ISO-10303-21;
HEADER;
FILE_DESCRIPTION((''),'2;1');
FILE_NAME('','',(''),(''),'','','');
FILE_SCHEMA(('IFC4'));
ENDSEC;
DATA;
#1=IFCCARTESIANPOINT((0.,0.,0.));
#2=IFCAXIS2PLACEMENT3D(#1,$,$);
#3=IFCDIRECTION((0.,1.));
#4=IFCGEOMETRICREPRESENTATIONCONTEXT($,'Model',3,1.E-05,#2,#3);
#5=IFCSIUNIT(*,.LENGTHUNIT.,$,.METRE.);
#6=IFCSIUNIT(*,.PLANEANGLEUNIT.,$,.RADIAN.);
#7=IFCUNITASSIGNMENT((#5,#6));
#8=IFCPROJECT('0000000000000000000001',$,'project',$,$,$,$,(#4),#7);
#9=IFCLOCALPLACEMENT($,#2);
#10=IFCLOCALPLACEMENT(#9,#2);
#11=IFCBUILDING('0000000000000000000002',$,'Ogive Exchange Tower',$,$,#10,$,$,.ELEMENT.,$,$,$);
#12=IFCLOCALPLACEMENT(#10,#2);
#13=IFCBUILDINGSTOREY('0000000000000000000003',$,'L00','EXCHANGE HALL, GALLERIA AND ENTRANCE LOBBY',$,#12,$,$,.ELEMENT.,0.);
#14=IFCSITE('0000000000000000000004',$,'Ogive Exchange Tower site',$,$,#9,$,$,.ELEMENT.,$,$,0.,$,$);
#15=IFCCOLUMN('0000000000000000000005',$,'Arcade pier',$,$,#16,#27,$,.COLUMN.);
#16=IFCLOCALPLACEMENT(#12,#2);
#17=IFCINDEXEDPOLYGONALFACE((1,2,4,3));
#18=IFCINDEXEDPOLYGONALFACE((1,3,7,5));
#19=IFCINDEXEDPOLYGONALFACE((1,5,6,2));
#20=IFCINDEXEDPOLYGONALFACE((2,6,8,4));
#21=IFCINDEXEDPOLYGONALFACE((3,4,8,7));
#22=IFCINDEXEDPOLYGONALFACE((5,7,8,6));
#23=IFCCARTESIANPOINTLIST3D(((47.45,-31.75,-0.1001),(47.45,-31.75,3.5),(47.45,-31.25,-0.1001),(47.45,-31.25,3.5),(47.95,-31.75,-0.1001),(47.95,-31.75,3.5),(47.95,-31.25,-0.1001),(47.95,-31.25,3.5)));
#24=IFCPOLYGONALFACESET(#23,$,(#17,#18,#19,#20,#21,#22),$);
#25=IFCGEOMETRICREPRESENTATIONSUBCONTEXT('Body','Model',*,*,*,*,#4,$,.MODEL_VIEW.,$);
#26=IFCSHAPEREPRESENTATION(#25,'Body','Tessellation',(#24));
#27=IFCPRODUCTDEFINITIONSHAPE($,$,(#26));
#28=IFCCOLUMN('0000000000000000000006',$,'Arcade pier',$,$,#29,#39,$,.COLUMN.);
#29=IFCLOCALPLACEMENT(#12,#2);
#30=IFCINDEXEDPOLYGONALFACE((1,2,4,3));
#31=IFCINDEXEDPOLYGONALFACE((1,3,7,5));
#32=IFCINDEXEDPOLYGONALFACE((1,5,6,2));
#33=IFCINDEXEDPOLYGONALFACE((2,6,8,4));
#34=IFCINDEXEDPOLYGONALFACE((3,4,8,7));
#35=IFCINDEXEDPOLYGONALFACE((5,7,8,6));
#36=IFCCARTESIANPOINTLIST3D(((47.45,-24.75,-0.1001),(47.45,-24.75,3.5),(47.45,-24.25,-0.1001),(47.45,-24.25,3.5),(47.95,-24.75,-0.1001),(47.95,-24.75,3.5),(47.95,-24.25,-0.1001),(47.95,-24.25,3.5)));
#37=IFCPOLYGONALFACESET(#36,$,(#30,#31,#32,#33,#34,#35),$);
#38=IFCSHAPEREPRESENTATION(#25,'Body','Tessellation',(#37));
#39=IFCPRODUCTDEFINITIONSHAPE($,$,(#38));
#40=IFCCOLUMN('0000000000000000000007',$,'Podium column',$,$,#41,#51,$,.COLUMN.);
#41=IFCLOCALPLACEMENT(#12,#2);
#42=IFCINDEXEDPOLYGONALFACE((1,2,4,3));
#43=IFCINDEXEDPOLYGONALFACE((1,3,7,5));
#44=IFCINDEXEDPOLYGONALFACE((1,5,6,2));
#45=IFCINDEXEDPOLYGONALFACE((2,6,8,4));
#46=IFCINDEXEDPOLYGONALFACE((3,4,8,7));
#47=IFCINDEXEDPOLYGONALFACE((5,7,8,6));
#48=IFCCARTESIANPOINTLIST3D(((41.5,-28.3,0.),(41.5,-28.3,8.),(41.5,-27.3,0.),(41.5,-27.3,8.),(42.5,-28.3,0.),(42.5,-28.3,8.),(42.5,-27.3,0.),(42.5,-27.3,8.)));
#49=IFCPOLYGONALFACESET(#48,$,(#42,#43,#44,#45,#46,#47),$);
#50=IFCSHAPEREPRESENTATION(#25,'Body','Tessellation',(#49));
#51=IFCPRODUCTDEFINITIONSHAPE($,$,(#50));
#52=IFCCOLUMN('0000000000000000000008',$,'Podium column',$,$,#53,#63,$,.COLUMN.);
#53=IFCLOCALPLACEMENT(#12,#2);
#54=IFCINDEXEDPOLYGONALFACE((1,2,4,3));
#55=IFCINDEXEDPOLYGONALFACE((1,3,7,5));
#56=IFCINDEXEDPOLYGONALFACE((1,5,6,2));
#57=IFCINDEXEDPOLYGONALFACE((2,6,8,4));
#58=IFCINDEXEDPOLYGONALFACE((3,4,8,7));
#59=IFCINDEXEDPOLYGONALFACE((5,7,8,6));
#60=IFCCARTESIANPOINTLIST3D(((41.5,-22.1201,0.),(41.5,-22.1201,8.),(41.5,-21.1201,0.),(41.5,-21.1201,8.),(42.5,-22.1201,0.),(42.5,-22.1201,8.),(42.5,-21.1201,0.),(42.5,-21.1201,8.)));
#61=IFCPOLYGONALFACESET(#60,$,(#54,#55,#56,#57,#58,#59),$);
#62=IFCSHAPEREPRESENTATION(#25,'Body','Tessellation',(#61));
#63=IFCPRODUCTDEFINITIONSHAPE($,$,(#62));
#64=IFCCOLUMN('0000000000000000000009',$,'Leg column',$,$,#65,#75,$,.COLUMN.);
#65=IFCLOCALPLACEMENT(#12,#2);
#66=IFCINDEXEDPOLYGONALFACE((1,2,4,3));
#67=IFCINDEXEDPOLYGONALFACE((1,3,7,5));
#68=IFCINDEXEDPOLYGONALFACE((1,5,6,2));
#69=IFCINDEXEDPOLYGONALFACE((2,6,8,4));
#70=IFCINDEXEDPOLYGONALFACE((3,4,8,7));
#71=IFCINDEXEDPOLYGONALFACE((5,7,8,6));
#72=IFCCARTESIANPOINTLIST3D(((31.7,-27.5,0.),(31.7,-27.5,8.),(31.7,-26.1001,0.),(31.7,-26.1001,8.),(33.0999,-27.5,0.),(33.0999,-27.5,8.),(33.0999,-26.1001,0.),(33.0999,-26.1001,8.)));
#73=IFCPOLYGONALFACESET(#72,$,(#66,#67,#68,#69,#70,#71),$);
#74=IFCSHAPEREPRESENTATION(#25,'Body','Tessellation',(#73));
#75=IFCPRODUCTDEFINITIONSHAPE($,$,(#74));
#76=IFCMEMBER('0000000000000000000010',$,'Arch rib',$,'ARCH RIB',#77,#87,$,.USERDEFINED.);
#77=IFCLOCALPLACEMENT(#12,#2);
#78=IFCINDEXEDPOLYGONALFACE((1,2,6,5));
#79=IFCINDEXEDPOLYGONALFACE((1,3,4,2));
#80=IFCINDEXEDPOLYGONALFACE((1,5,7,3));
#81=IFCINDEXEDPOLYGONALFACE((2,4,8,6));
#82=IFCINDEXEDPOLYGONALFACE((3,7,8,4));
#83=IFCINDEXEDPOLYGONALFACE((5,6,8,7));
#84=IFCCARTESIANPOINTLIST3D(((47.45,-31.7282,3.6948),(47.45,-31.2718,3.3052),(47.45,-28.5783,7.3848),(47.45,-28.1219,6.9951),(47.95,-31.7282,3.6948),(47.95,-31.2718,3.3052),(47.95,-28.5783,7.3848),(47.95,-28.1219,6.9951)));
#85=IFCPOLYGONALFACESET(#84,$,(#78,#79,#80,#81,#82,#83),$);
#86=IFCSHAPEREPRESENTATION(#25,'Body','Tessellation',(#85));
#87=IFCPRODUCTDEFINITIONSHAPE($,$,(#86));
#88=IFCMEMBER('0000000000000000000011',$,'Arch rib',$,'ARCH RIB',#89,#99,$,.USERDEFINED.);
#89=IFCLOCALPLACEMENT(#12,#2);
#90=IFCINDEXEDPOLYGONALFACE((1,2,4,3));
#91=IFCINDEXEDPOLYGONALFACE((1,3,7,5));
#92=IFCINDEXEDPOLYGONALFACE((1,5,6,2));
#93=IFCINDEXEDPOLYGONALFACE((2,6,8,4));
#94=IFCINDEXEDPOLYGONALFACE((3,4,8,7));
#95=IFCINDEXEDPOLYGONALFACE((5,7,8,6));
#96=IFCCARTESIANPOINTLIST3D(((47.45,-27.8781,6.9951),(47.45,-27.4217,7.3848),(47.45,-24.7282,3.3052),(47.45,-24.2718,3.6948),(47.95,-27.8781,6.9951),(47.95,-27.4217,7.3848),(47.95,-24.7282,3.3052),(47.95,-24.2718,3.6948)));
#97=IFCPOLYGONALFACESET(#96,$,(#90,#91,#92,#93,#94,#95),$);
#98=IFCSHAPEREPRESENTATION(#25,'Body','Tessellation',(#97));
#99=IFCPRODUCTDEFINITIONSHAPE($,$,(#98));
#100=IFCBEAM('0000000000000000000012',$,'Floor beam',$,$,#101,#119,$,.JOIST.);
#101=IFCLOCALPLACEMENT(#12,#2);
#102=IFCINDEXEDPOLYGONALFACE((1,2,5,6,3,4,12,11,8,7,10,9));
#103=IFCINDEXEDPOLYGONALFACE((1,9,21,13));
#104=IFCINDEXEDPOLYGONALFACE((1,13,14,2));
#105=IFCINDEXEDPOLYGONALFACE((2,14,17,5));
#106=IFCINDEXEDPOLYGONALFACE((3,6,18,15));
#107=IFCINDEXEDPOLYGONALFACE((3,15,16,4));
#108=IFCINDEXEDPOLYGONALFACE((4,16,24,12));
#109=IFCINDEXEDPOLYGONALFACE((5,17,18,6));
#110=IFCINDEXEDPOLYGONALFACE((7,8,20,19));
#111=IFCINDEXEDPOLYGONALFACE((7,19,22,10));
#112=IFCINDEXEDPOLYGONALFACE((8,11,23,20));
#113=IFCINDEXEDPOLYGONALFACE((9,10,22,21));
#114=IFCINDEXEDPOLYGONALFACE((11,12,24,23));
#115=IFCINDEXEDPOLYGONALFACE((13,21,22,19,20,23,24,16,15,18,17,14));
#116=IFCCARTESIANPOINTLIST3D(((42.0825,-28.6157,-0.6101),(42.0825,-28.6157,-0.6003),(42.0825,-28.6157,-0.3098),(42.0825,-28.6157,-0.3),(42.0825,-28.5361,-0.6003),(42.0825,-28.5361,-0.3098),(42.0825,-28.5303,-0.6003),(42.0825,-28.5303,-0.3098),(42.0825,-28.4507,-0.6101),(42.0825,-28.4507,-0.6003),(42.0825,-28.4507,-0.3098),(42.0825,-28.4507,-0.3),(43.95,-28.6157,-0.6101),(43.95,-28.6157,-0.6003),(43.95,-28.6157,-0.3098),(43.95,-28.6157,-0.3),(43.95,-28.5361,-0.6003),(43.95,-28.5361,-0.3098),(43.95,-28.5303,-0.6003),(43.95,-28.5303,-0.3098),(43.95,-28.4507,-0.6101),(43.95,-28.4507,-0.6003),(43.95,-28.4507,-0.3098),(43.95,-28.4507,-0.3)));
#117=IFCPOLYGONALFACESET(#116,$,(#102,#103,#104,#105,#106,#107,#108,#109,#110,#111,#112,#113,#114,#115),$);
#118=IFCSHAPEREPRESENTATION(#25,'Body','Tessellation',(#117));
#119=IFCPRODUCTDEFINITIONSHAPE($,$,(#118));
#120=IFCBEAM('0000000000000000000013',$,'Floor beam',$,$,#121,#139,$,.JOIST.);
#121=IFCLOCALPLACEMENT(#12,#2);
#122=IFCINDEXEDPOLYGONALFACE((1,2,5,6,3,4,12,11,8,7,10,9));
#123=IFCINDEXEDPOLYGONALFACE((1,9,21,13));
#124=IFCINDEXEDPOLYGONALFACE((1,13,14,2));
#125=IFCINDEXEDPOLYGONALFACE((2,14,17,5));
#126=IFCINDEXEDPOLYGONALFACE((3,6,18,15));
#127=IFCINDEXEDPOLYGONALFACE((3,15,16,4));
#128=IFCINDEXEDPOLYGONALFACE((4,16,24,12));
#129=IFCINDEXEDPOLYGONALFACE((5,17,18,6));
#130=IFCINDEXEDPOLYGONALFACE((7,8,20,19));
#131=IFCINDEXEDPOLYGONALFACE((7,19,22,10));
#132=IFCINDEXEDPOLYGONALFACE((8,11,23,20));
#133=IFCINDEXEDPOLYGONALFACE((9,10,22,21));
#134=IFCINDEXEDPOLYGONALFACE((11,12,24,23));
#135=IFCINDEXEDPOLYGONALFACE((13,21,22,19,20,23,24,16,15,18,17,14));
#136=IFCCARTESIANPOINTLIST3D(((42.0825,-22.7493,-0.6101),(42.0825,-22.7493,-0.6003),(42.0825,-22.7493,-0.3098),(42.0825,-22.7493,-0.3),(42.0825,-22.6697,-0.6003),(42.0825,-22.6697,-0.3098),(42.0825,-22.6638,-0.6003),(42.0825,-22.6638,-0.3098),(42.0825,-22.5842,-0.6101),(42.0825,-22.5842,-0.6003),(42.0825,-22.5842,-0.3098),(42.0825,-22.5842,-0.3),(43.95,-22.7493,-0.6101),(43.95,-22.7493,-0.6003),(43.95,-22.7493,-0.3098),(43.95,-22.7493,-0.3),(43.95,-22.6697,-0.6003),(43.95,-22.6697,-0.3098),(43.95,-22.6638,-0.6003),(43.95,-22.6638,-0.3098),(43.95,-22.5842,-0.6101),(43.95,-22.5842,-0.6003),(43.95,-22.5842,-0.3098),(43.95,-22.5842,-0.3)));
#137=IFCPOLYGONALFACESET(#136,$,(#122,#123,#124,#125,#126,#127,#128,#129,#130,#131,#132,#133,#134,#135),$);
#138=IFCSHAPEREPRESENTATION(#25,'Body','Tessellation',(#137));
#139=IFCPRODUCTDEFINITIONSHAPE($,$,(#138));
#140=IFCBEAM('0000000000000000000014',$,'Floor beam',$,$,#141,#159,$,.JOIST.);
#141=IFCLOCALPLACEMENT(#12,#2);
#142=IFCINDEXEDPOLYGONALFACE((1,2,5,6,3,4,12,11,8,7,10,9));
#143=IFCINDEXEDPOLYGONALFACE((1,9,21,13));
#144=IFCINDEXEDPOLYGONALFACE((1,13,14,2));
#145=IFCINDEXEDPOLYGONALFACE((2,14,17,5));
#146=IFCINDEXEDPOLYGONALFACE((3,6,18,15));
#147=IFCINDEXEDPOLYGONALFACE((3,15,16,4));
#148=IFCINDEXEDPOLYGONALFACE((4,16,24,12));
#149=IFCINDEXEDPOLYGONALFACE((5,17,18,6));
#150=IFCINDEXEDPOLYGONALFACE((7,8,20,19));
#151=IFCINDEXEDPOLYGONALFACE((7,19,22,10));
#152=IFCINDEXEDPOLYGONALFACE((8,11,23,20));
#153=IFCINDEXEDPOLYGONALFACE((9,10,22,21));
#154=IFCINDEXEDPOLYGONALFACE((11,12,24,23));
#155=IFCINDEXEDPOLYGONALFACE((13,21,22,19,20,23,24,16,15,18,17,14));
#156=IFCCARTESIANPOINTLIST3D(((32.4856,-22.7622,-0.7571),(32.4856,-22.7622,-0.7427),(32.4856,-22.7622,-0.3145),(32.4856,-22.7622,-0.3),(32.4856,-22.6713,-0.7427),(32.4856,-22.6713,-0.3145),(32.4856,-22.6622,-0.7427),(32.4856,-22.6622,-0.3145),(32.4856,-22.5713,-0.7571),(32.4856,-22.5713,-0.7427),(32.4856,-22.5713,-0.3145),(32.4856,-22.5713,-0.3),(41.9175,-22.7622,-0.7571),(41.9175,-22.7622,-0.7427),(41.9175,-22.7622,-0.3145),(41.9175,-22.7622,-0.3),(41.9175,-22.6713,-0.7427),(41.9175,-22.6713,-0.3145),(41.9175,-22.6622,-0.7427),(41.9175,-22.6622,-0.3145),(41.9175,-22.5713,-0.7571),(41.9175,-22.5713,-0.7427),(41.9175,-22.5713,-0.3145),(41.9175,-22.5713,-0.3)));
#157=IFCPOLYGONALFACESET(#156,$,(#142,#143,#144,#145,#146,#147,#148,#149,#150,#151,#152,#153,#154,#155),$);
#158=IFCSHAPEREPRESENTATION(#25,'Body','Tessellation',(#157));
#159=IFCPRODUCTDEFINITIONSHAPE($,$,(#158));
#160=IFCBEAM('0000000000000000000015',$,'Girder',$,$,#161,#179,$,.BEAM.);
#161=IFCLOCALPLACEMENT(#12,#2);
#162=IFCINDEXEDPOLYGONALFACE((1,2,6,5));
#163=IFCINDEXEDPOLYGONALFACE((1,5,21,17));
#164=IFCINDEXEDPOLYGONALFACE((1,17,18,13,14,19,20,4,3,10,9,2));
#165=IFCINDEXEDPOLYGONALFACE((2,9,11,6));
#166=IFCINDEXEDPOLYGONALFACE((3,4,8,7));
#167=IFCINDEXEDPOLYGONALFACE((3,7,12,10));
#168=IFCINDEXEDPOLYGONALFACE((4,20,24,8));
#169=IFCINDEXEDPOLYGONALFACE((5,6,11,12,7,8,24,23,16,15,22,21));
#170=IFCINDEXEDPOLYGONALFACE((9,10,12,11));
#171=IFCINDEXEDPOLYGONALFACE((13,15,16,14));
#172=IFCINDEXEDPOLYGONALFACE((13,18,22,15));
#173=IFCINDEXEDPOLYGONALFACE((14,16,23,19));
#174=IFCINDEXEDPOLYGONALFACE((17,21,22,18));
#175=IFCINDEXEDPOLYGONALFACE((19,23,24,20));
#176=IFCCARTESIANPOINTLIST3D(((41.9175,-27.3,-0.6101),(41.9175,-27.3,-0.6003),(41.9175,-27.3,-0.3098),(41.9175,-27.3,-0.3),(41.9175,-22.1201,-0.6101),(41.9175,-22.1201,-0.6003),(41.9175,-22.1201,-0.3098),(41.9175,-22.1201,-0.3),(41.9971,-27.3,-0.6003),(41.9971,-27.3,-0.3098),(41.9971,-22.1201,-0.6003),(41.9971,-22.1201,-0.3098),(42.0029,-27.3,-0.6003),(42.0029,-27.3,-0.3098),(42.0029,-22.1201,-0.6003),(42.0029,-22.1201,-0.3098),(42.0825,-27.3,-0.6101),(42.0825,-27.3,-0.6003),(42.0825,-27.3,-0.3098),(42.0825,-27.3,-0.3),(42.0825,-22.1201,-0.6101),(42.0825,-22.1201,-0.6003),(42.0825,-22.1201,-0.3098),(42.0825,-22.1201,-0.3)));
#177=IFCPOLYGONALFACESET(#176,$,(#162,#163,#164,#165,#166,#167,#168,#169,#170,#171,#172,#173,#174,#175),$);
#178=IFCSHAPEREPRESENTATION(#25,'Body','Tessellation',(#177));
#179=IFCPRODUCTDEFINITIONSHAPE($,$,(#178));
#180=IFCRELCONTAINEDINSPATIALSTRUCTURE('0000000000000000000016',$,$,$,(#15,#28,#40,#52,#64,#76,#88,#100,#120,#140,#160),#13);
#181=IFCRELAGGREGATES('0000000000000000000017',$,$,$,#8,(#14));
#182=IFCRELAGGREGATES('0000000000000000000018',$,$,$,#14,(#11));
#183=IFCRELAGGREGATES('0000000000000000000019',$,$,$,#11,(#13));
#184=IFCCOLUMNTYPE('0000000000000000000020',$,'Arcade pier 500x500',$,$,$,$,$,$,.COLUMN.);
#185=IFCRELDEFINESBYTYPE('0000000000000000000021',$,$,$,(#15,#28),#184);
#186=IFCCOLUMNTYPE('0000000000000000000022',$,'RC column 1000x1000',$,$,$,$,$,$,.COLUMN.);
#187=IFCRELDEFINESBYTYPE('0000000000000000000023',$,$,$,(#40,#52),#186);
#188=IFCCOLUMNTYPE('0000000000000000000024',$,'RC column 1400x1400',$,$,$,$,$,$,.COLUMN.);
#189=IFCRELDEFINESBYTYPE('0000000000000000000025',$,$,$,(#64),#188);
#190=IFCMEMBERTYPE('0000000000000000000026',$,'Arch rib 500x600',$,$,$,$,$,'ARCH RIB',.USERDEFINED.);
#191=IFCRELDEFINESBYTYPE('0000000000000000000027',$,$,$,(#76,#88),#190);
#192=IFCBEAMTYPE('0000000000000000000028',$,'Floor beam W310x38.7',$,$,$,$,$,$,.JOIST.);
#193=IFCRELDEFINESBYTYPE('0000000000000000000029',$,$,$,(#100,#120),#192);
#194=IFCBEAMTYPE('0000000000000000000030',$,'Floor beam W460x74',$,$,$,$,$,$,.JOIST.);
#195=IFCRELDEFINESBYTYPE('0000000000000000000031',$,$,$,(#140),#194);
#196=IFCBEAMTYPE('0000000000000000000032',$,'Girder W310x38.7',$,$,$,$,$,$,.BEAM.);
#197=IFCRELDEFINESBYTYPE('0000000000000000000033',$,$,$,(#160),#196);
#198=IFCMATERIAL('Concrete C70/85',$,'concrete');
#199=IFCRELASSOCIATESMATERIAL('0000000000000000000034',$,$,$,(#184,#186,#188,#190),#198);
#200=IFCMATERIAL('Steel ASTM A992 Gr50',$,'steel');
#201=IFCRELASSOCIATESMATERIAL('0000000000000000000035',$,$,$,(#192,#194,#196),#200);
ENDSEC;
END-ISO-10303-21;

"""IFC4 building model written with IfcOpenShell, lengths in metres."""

from ifc_helpers import new_model, si_unit, direction, frame, origin, origin_2d, place, context, subcontext, project, spatial, rectangle, i_section, extrude, material, material_profile, profile_set, type_object, element, save


model = new_model("IFC4")

# Units and contexts
model_context = context("Model", 3, precision=1e-05, world=origin(), true_north=direction((0.0, 1.0)))
body_context = subcontext(model_context, "Body", "Model", "MODEL_VIEW")
ifc_project = project(units=[si_unit("LENGTHUNIT", "METRE"), si_unit("PLANEANGLEUNIT", "RADIAN")], contexts=[model_context])

# Site, building, storey
site_placement = place(None, origin())
site = spatial("IfcSite", under=ifc_project, at=site_placement, Name="Ogive Exchange Tower site", CompositionType="ELEMENT", RefElevation=0.0)
building_placement = place(site_placement, origin())
building = spatial("IfcBuilding", under=site, at=building_placement, Name="Ogive Exchange Tower", CompositionType="ELEMENT")
storey_placement = place(building_placement, origin())
storey = spatial("IfcBuildingStorey", under=building, at=storey_placement, Name="L00", Description="EXCHANGE HALL, GALLERIA AND ENTRANCE LOBBY", CompositionType="ELEMENT", Elevation=0.0)

# Columns
ifc_material_1 = material(Name="Concrete C70/85", Category="concrete")
ifc_material_profile_1 = material_profile(ifc_material_1, rectangle(XDim=0.5, YDim=0.5, at=origin_2d()), Name="RC 500x500")
ifc_profile_set_1 = profile_set([ifc_material_profile_1], Name="Concrete C70/85")
column_type_1 = type_object("IfcColumnType", Name="Arcade pier 500x500", PredefinedType="COLUMN", material=ifc_profile_set_1)
for number, where, z_axis, x_axis, name in (
    (1, (47.7, -31.5, -0.1001), (0.0, 0.0, 1.0), (1.0, 0.0, 0.0), "Arcade pier"),
    (2, (47.7, -24.5, -0.1001), (0.0, 0.0, 1.0), (1.0, 0.0, 0.0), "Arcade pier"),
):
    element("IfcColumn", number, at=place(storey_placement, frame(where, z_axis=z_axis, x_axis=x_axis)), inside=storey, type_object=column_type_1, Name=name, PredefinedType="COLUMN", context=body_context, shape_type="SweptSolid", body=[
        extrude(rectangle(XDim=0.5, YDim=0.5, at=origin_2d()), origin(), (0.0, 0.0, 1.0), 3.6001),
    ])
ifc_material_profile_2 = material_profile(ifc_material_1, rectangle(XDim=1.0, YDim=1.0, at=origin_2d()), Name="RC 1000x1000")
ifc_profile_set_2 = profile_set([ifc_material_profile_2], Name="Concrete C70/85")
column_type_2 = type_object("IfcColumnType", Name="RC column 1000x1000", PredefinedType="COLUMN", material=ifc_profile_set_2)
for number, where, z_axis, x_axis, name in (
    (3, (42.0, -27.8, 0.0), (0.0, 0.0, 1.0), (1.0, 0.0, 0.0), "Podium column"),
    (4, (42.0, -21.6201, 0.0), (0.0, 0.0, 1.0), (1.0, 0.0, 0.0), "Podium column"),
):
    element("IfcColumn", number, at=place(storey_placement, frame(where, z_axis=z_axis, x_axis=x_axis)), inside=storey, type_object=column_type_2, Name=name, PredefinedType="COLUMN", context=body_context, shape_type="SweptSolid", body=[
        extrude(rectangle(XDim=1.0, YDim=1.0, at=origin_2d()), origin(), (0.0, 0.0, 1.0), 8.0),
    ])
ifc_material_profile_3 = material_profile(ifc_material_1, rectangle(XDim=1.3999, YDim=1.3999, at=origin_2d()), Name="RC 1400x1400")
ifc_profile_set_3 = profile_set([ifc_material_profile_3], Name="Concrete C70/85")
column_type_3 = type_object("IfcColumnType", Name="RC column 1400x1400", PredefinedType="COLUMN", material=ifc_profile_set_3)
column_placement = place(storey_placement, frame((32.3999, -26.8, 0.0), z_axis=(0.0, 0.0, 1.0), x_axis=(1.0, 0.0, 0.0)))
element("IfcColumn", 5, at=column_placement, inside=storey, type_object=column_type_3, Name="Leg column", PredefinedType="COLUMN", context=body_context, shape_type="SweptSolid", body=[
    extrude(rectangle(XDim=1.3999, YDim=1.3999, at=origin_2d()), origin(), (0.0, 0.0, 1.0), 8.0),
])

# Members
ifc_material_profile_4 = material_profile(ifc_material_1, rectangle(XDim=0.5, YDim=0.6001, at=origin_2d()), Name="PC 500x600")
ifc_profile_set_4 = profile_set([ifc_material_profile_4], Name="Concrete C70/85")
member_type_1 = type_object("IfcMemberType", Name="Arch rib 500x600", ElementType="ARCH RIB", PredefinedType="USERDEFINED", material=ifc_profile_set_4)
for number, where, z_axis, x_axis, name in (
    (6, (47.7, -31.5, 3.5), (0.0, 0.649257, 0.760569), (-1.0, 0.0, 0.0), "Arch rib"),
    (7, (47.7, -24.5, 3.5), (0.0, -0.649257, 0.760569), (1.0, 0.0, 0.0), "Arch rib"),
):
    element("IfcMember", number, at=place(storey_placement, frame(where, z_axis=z_axis, x_axis=x_axis)), inside=storey, type_object=member_type_1, Name=name, ObjectType="ARCH RIB", PredefinedType="USERDEFINED", context=body_context, shape_type="SweptSolid", body=[
        extrude(rectangle(XDim=0.5, YDim=0.6001, at=origin_2d()), origin(), (0.0, 0.0, 1.0), 4.8516),
    ])

# Beams
ifc_material_2 = material(Name="Steel ASTM A992 Gr50", Category="steel")
ifc_material_profile_5 = material_profile(ifc_material_2, i_section(OverallWidth=0.165, OverallDepth=0.3101, WebThickness=0.0059, FlangeThickness=0.0098, at=origin_2d()), Name="W310x38.7")
ifc_profile_set_5 = profile_set([ifc_material_profile_5], Name="Steel ASTM A992 Gr50")
beam_type_1 = type_object("IfcBeamType", Name="Floor beam W310x38.7", PredefinedType="JOIST", material=ifc_profile_set_5)
for number, where, z_axis, x_axis, name in (
    (8, (42.0825, -28.5332, -0.4551), (1.0, 0.0, 0.0), (0.0, 1.0, 0.0), "Floor beam"),
    (9, (42.0825, -22.6667, -0.4551), (1.0, 0.0, 0.0), (0.0, 1.0, 0.0), "Floor beam"),
):
    element("IfcBeam", number, at=place(storey_placement, frame(where, z_axis=z_axis, x_axis=x_axis)), inside=storey, type_object=beam_type_1, Name=name, PredefinedType="JOIST", context=body_context, shape_type="SweptSolid", body=[
        extrude(i_section(OverallWidth=0.165, OverallDepth=0.3101, WebThickness=0.0059, FlangeThickness=0.0098, at=origin_2d()), origin(), (0.0, 0.0, 1.0), 1.8674),
    ])
ifc_material_profile_6 = material_profile(ifc_material_2, i_section(OverallWidth=0.1909, OverallDepth=0.457, WebThickness=0.009, FlangeThickness=0.0144, at=origin_2d()), Name="W460x74")
ifc_profile_set_6 = profile_set([ifc_material_profile_6], Name="Steel ASTM A992 Gr50")
beam_type_2 = type_object("IfcBeamType", Name="Floor beam W460x74", PredefinedType="JOIST", material=ifc_profile_set_6)
beam_1_placement = place(storey_placement, frame((32.4856, -22.6667, -0.5286), z_axis=(1.0, 0.0, 0.0), x_axis=(0.0, 1.0, 0.0)))
element("IfcBeam", 10, at=beam_1_placement, inside=storey, type_object=beam_type_2, Name="Floor beam", PredefinedType="JOIST", context=body_context, shape_type="SweptSolid", body=[
    extrude(i_section(OverallWidth=0.1909, OverallDepth=0.457, WebThickness=0.009, FlangeThickness=0.0144, at=origin_2d()), origin(), (0.0, 0.0, 1.0), 9.4319),
])
ifc_material_profile_7 = material_profile(ifc_material_2, i_section(OverallWidth=0.165, OverallDepth=0.3101, WebThickness=0.0059, FlangeThickness=0.0098, at=origin_2d()), Name="W310x38.7")
ifc_profile_set_7 = profile_set([ifc_material_profile_7], Name="Steel ASTM A992 Gr50")
beam_type_3 = type_object("IfcBeamType", Name="Girder W310x38.7", PredefinedType="BEAM", material=ifc_profile_set_7)
beam_2_placement = place(storey_placement, frame((42.0, -27.3, -0.4551), z_axis=(0.0, 1.0, 0.0), x_axis=(-1.0, 0.0, 0.0)))
element("IfcBeam", 11, at=beam_2_placement, inside=storey, type_object=beam_type_3, Name="Girder", PredefinedType="BEAM", context=body_context, shape_type="SweptSolid", body=[
    extrude(i_section(OverallWidth=0.165, OverallDepth=0.3101, WebThickness=0.0059, FlangeThickness=0.0098, at=origin_2d()), origin(), (0.0, 0.0, 1.0), 5.1799),
])

save(model, "model.ifc")
